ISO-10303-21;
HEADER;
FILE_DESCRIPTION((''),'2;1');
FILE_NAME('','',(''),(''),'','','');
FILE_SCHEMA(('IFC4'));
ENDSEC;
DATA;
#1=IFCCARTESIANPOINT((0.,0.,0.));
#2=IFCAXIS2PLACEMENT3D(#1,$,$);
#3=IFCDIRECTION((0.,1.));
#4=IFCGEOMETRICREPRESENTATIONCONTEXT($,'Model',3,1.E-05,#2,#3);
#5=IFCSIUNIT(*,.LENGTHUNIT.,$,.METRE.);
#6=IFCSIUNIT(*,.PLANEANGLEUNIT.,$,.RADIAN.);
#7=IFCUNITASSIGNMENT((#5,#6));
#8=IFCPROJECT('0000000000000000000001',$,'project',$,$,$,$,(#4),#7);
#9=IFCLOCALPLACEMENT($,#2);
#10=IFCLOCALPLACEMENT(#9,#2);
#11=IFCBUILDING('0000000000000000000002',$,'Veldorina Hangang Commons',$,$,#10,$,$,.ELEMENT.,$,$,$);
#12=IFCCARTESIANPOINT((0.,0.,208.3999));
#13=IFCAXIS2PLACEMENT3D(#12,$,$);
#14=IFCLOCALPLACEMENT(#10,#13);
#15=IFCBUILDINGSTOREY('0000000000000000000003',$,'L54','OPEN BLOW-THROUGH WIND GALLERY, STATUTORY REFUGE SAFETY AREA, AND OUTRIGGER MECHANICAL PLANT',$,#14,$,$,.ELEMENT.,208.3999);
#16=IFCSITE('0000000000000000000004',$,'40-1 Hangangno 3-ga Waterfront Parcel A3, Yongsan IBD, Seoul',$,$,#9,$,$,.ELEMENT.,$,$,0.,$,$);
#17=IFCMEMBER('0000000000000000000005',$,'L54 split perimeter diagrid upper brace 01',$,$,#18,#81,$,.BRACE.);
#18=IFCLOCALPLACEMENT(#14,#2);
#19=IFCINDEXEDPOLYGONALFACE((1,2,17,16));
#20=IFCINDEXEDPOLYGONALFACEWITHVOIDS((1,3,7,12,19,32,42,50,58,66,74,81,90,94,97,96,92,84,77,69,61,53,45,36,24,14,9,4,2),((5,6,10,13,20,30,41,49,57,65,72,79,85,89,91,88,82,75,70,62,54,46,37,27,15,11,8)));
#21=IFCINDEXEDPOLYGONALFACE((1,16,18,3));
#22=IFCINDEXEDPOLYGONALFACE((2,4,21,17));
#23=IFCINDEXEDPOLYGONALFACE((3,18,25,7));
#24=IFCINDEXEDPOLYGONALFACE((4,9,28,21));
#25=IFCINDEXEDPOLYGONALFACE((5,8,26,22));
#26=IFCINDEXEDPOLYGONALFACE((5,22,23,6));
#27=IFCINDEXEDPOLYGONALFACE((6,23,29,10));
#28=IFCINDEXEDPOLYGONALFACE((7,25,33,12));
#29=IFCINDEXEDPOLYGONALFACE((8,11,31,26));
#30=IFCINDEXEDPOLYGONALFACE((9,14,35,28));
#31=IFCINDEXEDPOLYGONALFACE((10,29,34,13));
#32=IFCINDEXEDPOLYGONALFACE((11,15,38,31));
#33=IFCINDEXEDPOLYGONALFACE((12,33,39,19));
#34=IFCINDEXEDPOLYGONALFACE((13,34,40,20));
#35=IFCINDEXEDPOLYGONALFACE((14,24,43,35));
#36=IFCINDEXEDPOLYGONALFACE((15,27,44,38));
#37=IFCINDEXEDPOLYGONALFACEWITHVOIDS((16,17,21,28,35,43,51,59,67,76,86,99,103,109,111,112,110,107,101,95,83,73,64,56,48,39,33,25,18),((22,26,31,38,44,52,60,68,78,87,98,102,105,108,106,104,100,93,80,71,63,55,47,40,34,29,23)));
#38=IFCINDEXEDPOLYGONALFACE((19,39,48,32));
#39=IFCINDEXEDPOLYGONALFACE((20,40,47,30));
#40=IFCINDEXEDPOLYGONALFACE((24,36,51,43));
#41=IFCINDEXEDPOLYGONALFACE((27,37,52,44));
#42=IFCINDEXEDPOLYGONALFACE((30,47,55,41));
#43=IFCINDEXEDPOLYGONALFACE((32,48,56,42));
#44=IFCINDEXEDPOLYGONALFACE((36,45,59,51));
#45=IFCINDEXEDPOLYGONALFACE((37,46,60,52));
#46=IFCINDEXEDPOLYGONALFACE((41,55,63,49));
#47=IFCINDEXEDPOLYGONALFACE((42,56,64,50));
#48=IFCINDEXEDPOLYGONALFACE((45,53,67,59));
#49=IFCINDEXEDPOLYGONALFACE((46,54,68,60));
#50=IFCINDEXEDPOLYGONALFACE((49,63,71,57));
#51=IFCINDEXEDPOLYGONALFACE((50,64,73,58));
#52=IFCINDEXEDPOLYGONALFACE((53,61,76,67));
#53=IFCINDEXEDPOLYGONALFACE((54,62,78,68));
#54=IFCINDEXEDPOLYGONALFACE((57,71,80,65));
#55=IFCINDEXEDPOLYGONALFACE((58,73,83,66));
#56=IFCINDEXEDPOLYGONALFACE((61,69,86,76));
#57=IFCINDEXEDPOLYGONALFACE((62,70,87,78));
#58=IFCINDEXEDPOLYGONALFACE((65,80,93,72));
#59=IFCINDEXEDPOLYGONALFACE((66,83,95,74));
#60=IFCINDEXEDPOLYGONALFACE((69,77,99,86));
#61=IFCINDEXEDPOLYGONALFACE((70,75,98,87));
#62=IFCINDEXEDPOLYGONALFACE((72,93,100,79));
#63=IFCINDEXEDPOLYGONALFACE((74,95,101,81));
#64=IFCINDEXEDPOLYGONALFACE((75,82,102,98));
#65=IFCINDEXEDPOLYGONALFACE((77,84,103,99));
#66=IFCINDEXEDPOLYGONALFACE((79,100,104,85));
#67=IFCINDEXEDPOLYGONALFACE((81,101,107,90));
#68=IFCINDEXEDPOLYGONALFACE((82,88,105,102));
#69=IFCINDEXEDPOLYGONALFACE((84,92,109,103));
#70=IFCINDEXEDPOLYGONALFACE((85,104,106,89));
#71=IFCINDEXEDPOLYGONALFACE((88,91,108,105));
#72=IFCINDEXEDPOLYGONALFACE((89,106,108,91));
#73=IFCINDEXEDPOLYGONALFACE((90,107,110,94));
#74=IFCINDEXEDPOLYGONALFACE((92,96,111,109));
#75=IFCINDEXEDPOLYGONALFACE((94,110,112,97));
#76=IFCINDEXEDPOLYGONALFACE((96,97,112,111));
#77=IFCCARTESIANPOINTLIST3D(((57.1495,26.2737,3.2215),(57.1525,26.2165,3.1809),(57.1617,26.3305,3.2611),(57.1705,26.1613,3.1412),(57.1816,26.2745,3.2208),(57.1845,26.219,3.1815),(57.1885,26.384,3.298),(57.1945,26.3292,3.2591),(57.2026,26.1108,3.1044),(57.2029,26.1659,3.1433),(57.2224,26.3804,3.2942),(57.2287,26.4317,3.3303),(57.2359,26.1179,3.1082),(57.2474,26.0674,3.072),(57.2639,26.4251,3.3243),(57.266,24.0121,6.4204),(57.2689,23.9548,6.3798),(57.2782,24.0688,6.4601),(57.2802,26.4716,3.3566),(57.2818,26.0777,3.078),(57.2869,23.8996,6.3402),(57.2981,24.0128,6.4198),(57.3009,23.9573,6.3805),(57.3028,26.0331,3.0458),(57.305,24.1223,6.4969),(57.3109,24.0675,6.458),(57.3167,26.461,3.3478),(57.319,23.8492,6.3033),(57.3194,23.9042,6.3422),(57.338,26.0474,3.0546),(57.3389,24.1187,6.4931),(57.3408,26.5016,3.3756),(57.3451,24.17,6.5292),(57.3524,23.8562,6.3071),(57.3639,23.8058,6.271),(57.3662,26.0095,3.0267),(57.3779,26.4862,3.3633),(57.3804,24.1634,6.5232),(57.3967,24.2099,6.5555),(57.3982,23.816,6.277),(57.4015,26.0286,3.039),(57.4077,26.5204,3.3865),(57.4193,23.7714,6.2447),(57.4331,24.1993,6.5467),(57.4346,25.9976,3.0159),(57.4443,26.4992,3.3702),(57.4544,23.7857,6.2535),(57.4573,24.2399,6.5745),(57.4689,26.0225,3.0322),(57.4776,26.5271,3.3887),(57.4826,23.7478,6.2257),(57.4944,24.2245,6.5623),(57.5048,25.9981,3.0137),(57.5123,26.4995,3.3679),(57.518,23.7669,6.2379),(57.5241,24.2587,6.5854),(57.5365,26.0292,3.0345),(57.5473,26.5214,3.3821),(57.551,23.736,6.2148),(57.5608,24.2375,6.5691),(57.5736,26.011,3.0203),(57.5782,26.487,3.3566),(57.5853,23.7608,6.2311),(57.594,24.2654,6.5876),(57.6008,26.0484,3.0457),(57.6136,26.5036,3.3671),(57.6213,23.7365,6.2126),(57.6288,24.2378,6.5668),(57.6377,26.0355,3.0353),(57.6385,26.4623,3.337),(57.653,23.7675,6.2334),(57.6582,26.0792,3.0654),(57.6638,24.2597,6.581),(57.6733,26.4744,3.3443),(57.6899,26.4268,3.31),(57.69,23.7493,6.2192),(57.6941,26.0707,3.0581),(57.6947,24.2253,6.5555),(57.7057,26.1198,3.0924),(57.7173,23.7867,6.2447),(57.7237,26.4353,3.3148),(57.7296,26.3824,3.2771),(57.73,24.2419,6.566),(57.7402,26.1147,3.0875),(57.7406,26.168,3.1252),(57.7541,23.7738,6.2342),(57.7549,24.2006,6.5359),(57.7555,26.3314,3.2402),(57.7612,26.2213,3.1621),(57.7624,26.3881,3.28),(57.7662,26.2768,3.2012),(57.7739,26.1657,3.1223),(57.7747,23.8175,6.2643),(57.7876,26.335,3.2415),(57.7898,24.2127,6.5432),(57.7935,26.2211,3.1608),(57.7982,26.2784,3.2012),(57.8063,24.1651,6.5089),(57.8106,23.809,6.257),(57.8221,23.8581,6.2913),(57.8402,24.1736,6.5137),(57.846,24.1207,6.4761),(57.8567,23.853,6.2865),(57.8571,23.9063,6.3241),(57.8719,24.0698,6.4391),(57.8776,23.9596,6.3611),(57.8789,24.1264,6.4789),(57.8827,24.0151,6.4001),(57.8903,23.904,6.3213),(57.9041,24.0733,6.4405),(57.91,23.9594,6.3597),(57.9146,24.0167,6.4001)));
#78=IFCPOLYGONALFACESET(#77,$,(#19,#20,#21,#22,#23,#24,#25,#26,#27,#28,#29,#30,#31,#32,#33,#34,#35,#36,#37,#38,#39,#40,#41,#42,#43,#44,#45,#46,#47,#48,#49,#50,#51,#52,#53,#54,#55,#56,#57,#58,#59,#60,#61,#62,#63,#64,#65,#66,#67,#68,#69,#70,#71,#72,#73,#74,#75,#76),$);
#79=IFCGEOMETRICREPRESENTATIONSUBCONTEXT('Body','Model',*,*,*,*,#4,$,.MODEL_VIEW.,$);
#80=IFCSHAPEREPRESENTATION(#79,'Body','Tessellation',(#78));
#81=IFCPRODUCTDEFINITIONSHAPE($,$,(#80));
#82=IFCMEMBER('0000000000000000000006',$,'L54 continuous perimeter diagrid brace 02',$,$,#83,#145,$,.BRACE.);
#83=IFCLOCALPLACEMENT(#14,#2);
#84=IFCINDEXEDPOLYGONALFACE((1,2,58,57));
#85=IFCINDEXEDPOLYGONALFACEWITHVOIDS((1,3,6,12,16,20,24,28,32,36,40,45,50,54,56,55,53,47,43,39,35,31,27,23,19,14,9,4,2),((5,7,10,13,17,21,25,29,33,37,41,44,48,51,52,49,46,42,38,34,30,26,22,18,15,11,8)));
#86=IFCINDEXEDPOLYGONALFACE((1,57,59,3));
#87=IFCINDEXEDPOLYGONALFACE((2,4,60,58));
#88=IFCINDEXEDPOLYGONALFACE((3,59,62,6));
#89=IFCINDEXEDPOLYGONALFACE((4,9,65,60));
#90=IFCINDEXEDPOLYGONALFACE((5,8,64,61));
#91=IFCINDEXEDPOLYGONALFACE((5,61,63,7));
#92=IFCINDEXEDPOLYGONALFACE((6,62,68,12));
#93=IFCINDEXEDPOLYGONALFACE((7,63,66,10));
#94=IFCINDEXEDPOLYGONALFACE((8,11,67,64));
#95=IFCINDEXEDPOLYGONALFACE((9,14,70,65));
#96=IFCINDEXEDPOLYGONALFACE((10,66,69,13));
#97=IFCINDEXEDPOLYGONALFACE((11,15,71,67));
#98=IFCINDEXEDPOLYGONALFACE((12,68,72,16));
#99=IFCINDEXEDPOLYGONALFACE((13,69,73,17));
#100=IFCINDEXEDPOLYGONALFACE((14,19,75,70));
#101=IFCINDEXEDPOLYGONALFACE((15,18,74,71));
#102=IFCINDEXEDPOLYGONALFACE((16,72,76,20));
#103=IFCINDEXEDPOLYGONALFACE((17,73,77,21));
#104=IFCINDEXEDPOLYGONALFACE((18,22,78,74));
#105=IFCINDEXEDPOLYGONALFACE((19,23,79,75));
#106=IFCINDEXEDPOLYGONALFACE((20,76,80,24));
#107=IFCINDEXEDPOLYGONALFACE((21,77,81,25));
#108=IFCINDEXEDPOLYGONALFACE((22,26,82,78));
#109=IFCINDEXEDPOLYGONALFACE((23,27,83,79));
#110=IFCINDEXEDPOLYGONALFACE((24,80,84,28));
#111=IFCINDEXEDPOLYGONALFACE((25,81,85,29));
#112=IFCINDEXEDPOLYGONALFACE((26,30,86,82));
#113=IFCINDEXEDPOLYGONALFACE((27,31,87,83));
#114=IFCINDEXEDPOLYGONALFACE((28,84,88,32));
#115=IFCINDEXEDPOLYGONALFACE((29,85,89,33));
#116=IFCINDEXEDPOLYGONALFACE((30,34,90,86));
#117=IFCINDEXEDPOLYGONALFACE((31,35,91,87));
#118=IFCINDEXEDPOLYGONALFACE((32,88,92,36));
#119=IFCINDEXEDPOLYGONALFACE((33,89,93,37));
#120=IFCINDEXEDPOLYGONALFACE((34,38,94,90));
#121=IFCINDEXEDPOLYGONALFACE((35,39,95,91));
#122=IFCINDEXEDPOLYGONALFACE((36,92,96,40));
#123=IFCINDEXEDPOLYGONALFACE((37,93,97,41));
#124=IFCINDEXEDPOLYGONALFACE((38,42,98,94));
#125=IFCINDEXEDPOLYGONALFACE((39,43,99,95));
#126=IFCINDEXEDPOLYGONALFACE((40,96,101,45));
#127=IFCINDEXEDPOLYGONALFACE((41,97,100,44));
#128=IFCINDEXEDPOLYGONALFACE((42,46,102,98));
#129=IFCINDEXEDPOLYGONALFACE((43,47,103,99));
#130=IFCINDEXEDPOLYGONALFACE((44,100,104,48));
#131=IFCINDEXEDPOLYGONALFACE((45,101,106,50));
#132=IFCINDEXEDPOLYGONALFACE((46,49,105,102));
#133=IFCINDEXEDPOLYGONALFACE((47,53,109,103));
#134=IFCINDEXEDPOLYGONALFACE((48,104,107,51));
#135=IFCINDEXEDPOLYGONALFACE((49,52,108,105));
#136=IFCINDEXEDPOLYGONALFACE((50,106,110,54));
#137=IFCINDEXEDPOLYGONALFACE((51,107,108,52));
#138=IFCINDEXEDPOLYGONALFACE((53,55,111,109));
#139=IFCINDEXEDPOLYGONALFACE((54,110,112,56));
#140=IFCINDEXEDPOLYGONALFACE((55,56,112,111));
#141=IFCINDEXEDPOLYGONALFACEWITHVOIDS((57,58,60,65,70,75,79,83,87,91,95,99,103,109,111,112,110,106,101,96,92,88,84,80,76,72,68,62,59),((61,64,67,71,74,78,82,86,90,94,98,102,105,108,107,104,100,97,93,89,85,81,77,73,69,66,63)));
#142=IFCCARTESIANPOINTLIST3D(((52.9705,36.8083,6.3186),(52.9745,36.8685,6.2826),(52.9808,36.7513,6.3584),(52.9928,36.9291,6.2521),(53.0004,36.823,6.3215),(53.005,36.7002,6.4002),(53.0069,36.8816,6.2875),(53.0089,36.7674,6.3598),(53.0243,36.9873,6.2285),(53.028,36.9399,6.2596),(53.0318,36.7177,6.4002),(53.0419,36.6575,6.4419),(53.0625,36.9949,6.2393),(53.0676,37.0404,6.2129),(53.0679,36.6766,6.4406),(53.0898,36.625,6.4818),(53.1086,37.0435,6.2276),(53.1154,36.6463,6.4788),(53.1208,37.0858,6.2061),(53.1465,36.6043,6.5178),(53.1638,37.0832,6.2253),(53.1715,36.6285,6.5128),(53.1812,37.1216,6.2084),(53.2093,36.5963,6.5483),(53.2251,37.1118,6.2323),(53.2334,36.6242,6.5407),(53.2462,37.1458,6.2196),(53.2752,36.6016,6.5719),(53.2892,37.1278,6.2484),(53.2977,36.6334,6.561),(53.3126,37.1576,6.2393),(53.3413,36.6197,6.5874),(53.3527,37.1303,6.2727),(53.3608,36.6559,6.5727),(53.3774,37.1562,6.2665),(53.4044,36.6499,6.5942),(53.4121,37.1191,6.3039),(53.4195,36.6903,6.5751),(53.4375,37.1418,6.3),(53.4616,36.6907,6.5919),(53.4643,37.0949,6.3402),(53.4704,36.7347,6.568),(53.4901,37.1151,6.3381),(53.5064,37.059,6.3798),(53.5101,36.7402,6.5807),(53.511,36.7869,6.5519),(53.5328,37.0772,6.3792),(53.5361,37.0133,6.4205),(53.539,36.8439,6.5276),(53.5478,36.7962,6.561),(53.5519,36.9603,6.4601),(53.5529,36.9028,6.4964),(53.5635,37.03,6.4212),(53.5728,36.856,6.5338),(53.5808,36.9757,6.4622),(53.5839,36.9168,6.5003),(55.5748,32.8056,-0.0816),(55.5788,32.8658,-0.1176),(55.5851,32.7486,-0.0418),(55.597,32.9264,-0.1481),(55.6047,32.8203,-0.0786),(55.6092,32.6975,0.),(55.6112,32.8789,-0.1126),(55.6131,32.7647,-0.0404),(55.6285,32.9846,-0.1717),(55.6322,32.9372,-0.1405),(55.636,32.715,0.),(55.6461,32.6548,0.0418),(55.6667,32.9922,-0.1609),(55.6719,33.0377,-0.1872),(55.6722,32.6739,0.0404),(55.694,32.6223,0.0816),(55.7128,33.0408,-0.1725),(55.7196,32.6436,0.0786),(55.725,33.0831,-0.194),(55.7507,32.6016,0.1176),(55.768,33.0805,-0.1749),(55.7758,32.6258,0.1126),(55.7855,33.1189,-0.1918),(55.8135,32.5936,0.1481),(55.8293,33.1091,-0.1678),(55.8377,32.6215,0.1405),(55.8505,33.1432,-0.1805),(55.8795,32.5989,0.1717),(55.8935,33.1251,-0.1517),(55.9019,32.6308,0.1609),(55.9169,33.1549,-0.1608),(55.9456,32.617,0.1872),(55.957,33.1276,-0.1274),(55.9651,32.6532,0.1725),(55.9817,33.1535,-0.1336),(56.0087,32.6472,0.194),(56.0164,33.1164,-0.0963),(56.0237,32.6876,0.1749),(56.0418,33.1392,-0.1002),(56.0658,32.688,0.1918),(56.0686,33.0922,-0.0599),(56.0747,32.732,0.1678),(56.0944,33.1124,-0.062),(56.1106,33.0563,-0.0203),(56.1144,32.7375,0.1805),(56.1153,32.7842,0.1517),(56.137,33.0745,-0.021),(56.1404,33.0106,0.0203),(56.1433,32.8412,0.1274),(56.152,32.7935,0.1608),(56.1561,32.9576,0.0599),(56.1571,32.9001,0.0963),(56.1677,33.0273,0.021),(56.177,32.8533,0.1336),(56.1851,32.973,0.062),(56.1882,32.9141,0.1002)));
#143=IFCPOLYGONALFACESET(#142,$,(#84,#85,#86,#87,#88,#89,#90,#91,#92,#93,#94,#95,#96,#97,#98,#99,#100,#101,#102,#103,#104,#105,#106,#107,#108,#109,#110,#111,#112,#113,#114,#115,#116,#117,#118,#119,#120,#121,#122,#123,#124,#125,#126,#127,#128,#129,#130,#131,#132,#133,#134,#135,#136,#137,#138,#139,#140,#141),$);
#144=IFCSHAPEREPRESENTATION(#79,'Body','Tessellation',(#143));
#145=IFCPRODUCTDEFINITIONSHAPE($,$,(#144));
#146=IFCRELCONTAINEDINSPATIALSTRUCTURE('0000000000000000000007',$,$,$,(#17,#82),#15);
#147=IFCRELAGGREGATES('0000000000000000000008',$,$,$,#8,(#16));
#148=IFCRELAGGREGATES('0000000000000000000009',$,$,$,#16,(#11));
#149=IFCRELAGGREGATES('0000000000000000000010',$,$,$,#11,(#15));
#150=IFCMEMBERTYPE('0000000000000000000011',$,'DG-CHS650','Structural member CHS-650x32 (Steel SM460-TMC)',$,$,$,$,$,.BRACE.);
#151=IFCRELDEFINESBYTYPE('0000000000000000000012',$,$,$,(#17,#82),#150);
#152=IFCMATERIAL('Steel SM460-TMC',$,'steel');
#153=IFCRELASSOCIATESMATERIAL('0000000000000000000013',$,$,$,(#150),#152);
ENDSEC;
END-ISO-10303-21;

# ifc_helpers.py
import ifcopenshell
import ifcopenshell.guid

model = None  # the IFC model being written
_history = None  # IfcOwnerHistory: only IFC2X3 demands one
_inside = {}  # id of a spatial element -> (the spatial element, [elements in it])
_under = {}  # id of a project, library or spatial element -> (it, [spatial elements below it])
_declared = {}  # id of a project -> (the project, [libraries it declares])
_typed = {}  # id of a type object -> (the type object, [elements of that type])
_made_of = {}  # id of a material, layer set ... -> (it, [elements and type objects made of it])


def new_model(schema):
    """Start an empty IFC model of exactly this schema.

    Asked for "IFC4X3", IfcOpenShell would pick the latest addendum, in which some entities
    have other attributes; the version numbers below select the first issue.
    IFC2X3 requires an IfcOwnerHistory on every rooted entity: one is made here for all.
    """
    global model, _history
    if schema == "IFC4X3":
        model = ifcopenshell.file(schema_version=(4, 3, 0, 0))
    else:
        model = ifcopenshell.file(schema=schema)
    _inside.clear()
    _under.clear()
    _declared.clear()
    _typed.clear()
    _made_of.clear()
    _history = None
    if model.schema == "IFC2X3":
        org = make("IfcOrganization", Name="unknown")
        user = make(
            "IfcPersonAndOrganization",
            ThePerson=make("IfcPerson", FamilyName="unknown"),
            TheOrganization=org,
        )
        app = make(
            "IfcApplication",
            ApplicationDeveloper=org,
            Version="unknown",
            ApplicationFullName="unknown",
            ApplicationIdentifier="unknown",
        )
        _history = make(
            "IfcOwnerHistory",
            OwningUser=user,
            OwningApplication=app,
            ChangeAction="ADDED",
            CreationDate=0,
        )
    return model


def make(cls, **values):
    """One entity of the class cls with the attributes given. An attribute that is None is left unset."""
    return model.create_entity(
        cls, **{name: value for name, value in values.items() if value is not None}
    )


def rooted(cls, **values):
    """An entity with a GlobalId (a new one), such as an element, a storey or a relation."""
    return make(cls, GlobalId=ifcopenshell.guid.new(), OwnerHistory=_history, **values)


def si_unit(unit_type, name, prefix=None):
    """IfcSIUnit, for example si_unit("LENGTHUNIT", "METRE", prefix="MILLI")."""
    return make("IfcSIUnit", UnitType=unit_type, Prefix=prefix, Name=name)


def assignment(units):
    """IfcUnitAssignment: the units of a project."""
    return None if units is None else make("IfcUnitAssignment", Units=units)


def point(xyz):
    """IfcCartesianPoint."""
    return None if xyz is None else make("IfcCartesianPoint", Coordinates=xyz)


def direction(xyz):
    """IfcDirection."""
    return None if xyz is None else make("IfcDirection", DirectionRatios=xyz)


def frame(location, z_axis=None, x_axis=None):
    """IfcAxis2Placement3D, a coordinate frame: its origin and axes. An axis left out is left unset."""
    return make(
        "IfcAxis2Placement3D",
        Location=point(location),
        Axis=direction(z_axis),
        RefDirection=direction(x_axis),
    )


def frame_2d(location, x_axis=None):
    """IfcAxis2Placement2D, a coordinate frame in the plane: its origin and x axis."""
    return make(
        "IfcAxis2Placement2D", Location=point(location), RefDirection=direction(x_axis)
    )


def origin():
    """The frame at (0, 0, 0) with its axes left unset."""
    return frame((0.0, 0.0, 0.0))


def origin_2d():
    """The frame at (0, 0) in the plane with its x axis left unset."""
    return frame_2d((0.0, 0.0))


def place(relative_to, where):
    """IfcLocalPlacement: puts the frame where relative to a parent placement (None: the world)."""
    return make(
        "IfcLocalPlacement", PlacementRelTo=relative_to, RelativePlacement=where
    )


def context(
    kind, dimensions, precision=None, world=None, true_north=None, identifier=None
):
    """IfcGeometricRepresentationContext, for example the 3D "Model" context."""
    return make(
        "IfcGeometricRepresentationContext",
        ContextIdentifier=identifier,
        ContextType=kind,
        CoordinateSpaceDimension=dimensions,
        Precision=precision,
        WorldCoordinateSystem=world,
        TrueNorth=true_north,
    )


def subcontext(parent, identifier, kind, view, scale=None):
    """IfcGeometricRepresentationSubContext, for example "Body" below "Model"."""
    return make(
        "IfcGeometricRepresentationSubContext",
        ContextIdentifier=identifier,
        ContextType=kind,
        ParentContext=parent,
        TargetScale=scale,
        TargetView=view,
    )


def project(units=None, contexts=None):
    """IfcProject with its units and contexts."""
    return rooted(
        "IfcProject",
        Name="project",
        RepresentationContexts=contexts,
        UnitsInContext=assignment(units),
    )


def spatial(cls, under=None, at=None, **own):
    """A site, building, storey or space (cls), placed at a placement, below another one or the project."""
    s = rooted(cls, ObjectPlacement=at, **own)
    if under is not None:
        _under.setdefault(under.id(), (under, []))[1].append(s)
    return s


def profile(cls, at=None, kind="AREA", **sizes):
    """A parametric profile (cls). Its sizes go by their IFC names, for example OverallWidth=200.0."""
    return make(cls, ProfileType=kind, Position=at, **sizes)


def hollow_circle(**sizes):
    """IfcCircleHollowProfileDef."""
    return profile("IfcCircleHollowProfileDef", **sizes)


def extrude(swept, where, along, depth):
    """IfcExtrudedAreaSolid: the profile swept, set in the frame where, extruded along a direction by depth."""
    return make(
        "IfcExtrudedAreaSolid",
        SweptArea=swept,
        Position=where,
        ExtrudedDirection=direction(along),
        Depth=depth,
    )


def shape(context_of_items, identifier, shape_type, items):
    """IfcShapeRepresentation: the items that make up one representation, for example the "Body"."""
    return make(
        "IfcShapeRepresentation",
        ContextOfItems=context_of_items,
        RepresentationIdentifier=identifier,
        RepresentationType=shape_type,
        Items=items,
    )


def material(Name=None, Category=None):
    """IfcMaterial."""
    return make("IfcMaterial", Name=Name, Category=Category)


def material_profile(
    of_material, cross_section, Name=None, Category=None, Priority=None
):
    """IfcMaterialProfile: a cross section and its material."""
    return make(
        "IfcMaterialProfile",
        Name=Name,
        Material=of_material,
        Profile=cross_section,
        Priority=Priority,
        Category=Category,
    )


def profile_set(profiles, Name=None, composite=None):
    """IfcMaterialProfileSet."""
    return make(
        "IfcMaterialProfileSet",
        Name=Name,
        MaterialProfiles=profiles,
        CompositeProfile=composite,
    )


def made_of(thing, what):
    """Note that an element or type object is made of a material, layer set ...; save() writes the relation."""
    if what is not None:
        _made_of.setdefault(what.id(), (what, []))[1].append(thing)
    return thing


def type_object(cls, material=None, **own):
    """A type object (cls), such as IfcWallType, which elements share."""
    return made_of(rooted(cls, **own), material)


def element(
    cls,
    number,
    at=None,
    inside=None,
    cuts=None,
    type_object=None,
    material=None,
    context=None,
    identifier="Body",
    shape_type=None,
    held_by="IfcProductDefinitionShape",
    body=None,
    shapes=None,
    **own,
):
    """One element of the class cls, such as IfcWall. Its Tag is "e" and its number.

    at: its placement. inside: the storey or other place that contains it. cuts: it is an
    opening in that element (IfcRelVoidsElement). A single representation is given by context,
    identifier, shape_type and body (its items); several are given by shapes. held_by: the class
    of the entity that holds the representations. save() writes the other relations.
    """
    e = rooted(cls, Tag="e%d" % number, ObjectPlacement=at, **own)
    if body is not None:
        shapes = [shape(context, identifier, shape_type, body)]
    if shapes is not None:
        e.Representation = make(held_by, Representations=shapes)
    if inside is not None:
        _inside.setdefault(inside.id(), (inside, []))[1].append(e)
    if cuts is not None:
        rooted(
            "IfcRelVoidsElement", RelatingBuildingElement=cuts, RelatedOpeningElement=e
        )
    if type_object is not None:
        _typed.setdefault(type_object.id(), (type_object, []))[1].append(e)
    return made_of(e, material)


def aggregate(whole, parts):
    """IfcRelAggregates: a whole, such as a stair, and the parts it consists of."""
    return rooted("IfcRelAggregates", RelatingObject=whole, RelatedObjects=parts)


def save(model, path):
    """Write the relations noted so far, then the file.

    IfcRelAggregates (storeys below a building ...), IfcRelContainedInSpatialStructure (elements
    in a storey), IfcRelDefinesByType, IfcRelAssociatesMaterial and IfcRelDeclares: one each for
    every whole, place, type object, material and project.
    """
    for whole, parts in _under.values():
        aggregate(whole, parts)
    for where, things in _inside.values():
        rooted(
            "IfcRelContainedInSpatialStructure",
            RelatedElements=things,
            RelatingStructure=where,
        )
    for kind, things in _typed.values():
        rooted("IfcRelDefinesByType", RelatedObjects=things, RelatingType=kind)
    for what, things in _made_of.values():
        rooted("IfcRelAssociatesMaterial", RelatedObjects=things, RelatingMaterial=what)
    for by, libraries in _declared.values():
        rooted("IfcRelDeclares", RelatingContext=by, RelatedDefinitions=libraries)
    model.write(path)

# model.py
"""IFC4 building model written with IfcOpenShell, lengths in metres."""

from ifc_helpers import new_model, si_unit, direction, frame, origin, origin_2d, place, context, subcontext, project, spatial, hollow_circle, extrude, material, material_profile, profile_set, type_object, element, save


model = new_model("IFC4")

# Units and contexts
model_context = context("Model", 3, precision=1e-05, world=origin(), true_north=direction((0.0, 1.0)))
body_context = subcontext(model_context, "Body", "Model", "MODEL_VIEW")
ifc_project = project(units=[si_unit("LENGTHUNIT", "METRE"), si_unit("PLANEANGLEUNIT", "RADIAN")], contexts=[model_context])

# Site, building, storey
site_placement = place(None, origin())
site = spatial("IfcSite", under=ifc_project, at=site_placement, Name="40-1 Hangangno 3-ga Waterfront Parcel A3, Yongsan IBD, Seoul", CompositionType="ELEMENT", RefElevation=0.0)
building_placement = place(site_placement, origin())
building = spatial("IfcBuilding", under=site, at=building_placement, Name="Veldorina Hangang Commons", CompositionType="ELEMENT")
storey_placement = place(building_placement, frame((0.0, 0.0, 208.3999)))
storey = spatial("IfcBuildingStorey", under=building, at=storey_placement, Name="L54", Description="OPEN BLOW-THROUGH WIND GALLERY, STATUTORY REFUGE SAFETY AREA, AND OUTRIGGER MECHANICAL PLANT", CompositionType="ELEMENT", Elevation=208.3999)

# Shared definitions
ifc_material_1 = material(Name="Steel SM460-TMC", Category="steel")

# Members
ifc_material_profile_1 = material_profile(ifc_material_1, hollow_circle(Radius=0.325, WallThickness=0.032, at=origin_2d()), Name="CHS-650x32")
ifc_profile_set_1 = profile_set([ifc_material_profile_1], Name="Steel SM460-TMC")
member_type_1 = type_object("IfcMemberType", Name="DG-CHS650", Description="Structural member CHS-650x32 (Steel SM460-TMC)", PredefinedType="BRACE", material=ifc_profile_set_1)
member_1_placement = place(storey_placement, frame((57.4736, 26.2617, 3.2012), z_axis=(0.029712, -0.577045, 0.816172), x_axis=(0.998677, 0.051422, 0.0)))
element("IfcMember", 1, at=member_1_placement, inside=storey, type_object=member_type_1, Name="L54 split perimeter diagrid upper brace 01", PredefinedType="BRACE", context=body_context, shape_type="SweptSolid", body=[
    extrude(hollow_circle(Radius=0.325, WallThickness=0.032, at=origin_2d()), origin(), (0.0, 0.0, 1.0), 3.9194),
])
member_2_placement = place(storey_placement, frame((55.8816, 32.8748, 0.0), z_axis=(-0.326129, 0.501255, 0.801488), x_axis=(-0.838204, -0.545357, 0.0)))
element("IfcMember", 2, at=member_2_placement, inside=storey, type_object=member_type_1, Name="L54 continuous perimeter diagrid brace 02", PredefinedType="BRACE", context=body_context, shape_type="SweptSolid", body=[
    extrude(hollow_circle(Radius=0.325, WallThickness=0.032, at=origin_2d()), origin(), (0.0, 0.0, 1.0), 7.9854),
])

save(model, "model.ifc")
